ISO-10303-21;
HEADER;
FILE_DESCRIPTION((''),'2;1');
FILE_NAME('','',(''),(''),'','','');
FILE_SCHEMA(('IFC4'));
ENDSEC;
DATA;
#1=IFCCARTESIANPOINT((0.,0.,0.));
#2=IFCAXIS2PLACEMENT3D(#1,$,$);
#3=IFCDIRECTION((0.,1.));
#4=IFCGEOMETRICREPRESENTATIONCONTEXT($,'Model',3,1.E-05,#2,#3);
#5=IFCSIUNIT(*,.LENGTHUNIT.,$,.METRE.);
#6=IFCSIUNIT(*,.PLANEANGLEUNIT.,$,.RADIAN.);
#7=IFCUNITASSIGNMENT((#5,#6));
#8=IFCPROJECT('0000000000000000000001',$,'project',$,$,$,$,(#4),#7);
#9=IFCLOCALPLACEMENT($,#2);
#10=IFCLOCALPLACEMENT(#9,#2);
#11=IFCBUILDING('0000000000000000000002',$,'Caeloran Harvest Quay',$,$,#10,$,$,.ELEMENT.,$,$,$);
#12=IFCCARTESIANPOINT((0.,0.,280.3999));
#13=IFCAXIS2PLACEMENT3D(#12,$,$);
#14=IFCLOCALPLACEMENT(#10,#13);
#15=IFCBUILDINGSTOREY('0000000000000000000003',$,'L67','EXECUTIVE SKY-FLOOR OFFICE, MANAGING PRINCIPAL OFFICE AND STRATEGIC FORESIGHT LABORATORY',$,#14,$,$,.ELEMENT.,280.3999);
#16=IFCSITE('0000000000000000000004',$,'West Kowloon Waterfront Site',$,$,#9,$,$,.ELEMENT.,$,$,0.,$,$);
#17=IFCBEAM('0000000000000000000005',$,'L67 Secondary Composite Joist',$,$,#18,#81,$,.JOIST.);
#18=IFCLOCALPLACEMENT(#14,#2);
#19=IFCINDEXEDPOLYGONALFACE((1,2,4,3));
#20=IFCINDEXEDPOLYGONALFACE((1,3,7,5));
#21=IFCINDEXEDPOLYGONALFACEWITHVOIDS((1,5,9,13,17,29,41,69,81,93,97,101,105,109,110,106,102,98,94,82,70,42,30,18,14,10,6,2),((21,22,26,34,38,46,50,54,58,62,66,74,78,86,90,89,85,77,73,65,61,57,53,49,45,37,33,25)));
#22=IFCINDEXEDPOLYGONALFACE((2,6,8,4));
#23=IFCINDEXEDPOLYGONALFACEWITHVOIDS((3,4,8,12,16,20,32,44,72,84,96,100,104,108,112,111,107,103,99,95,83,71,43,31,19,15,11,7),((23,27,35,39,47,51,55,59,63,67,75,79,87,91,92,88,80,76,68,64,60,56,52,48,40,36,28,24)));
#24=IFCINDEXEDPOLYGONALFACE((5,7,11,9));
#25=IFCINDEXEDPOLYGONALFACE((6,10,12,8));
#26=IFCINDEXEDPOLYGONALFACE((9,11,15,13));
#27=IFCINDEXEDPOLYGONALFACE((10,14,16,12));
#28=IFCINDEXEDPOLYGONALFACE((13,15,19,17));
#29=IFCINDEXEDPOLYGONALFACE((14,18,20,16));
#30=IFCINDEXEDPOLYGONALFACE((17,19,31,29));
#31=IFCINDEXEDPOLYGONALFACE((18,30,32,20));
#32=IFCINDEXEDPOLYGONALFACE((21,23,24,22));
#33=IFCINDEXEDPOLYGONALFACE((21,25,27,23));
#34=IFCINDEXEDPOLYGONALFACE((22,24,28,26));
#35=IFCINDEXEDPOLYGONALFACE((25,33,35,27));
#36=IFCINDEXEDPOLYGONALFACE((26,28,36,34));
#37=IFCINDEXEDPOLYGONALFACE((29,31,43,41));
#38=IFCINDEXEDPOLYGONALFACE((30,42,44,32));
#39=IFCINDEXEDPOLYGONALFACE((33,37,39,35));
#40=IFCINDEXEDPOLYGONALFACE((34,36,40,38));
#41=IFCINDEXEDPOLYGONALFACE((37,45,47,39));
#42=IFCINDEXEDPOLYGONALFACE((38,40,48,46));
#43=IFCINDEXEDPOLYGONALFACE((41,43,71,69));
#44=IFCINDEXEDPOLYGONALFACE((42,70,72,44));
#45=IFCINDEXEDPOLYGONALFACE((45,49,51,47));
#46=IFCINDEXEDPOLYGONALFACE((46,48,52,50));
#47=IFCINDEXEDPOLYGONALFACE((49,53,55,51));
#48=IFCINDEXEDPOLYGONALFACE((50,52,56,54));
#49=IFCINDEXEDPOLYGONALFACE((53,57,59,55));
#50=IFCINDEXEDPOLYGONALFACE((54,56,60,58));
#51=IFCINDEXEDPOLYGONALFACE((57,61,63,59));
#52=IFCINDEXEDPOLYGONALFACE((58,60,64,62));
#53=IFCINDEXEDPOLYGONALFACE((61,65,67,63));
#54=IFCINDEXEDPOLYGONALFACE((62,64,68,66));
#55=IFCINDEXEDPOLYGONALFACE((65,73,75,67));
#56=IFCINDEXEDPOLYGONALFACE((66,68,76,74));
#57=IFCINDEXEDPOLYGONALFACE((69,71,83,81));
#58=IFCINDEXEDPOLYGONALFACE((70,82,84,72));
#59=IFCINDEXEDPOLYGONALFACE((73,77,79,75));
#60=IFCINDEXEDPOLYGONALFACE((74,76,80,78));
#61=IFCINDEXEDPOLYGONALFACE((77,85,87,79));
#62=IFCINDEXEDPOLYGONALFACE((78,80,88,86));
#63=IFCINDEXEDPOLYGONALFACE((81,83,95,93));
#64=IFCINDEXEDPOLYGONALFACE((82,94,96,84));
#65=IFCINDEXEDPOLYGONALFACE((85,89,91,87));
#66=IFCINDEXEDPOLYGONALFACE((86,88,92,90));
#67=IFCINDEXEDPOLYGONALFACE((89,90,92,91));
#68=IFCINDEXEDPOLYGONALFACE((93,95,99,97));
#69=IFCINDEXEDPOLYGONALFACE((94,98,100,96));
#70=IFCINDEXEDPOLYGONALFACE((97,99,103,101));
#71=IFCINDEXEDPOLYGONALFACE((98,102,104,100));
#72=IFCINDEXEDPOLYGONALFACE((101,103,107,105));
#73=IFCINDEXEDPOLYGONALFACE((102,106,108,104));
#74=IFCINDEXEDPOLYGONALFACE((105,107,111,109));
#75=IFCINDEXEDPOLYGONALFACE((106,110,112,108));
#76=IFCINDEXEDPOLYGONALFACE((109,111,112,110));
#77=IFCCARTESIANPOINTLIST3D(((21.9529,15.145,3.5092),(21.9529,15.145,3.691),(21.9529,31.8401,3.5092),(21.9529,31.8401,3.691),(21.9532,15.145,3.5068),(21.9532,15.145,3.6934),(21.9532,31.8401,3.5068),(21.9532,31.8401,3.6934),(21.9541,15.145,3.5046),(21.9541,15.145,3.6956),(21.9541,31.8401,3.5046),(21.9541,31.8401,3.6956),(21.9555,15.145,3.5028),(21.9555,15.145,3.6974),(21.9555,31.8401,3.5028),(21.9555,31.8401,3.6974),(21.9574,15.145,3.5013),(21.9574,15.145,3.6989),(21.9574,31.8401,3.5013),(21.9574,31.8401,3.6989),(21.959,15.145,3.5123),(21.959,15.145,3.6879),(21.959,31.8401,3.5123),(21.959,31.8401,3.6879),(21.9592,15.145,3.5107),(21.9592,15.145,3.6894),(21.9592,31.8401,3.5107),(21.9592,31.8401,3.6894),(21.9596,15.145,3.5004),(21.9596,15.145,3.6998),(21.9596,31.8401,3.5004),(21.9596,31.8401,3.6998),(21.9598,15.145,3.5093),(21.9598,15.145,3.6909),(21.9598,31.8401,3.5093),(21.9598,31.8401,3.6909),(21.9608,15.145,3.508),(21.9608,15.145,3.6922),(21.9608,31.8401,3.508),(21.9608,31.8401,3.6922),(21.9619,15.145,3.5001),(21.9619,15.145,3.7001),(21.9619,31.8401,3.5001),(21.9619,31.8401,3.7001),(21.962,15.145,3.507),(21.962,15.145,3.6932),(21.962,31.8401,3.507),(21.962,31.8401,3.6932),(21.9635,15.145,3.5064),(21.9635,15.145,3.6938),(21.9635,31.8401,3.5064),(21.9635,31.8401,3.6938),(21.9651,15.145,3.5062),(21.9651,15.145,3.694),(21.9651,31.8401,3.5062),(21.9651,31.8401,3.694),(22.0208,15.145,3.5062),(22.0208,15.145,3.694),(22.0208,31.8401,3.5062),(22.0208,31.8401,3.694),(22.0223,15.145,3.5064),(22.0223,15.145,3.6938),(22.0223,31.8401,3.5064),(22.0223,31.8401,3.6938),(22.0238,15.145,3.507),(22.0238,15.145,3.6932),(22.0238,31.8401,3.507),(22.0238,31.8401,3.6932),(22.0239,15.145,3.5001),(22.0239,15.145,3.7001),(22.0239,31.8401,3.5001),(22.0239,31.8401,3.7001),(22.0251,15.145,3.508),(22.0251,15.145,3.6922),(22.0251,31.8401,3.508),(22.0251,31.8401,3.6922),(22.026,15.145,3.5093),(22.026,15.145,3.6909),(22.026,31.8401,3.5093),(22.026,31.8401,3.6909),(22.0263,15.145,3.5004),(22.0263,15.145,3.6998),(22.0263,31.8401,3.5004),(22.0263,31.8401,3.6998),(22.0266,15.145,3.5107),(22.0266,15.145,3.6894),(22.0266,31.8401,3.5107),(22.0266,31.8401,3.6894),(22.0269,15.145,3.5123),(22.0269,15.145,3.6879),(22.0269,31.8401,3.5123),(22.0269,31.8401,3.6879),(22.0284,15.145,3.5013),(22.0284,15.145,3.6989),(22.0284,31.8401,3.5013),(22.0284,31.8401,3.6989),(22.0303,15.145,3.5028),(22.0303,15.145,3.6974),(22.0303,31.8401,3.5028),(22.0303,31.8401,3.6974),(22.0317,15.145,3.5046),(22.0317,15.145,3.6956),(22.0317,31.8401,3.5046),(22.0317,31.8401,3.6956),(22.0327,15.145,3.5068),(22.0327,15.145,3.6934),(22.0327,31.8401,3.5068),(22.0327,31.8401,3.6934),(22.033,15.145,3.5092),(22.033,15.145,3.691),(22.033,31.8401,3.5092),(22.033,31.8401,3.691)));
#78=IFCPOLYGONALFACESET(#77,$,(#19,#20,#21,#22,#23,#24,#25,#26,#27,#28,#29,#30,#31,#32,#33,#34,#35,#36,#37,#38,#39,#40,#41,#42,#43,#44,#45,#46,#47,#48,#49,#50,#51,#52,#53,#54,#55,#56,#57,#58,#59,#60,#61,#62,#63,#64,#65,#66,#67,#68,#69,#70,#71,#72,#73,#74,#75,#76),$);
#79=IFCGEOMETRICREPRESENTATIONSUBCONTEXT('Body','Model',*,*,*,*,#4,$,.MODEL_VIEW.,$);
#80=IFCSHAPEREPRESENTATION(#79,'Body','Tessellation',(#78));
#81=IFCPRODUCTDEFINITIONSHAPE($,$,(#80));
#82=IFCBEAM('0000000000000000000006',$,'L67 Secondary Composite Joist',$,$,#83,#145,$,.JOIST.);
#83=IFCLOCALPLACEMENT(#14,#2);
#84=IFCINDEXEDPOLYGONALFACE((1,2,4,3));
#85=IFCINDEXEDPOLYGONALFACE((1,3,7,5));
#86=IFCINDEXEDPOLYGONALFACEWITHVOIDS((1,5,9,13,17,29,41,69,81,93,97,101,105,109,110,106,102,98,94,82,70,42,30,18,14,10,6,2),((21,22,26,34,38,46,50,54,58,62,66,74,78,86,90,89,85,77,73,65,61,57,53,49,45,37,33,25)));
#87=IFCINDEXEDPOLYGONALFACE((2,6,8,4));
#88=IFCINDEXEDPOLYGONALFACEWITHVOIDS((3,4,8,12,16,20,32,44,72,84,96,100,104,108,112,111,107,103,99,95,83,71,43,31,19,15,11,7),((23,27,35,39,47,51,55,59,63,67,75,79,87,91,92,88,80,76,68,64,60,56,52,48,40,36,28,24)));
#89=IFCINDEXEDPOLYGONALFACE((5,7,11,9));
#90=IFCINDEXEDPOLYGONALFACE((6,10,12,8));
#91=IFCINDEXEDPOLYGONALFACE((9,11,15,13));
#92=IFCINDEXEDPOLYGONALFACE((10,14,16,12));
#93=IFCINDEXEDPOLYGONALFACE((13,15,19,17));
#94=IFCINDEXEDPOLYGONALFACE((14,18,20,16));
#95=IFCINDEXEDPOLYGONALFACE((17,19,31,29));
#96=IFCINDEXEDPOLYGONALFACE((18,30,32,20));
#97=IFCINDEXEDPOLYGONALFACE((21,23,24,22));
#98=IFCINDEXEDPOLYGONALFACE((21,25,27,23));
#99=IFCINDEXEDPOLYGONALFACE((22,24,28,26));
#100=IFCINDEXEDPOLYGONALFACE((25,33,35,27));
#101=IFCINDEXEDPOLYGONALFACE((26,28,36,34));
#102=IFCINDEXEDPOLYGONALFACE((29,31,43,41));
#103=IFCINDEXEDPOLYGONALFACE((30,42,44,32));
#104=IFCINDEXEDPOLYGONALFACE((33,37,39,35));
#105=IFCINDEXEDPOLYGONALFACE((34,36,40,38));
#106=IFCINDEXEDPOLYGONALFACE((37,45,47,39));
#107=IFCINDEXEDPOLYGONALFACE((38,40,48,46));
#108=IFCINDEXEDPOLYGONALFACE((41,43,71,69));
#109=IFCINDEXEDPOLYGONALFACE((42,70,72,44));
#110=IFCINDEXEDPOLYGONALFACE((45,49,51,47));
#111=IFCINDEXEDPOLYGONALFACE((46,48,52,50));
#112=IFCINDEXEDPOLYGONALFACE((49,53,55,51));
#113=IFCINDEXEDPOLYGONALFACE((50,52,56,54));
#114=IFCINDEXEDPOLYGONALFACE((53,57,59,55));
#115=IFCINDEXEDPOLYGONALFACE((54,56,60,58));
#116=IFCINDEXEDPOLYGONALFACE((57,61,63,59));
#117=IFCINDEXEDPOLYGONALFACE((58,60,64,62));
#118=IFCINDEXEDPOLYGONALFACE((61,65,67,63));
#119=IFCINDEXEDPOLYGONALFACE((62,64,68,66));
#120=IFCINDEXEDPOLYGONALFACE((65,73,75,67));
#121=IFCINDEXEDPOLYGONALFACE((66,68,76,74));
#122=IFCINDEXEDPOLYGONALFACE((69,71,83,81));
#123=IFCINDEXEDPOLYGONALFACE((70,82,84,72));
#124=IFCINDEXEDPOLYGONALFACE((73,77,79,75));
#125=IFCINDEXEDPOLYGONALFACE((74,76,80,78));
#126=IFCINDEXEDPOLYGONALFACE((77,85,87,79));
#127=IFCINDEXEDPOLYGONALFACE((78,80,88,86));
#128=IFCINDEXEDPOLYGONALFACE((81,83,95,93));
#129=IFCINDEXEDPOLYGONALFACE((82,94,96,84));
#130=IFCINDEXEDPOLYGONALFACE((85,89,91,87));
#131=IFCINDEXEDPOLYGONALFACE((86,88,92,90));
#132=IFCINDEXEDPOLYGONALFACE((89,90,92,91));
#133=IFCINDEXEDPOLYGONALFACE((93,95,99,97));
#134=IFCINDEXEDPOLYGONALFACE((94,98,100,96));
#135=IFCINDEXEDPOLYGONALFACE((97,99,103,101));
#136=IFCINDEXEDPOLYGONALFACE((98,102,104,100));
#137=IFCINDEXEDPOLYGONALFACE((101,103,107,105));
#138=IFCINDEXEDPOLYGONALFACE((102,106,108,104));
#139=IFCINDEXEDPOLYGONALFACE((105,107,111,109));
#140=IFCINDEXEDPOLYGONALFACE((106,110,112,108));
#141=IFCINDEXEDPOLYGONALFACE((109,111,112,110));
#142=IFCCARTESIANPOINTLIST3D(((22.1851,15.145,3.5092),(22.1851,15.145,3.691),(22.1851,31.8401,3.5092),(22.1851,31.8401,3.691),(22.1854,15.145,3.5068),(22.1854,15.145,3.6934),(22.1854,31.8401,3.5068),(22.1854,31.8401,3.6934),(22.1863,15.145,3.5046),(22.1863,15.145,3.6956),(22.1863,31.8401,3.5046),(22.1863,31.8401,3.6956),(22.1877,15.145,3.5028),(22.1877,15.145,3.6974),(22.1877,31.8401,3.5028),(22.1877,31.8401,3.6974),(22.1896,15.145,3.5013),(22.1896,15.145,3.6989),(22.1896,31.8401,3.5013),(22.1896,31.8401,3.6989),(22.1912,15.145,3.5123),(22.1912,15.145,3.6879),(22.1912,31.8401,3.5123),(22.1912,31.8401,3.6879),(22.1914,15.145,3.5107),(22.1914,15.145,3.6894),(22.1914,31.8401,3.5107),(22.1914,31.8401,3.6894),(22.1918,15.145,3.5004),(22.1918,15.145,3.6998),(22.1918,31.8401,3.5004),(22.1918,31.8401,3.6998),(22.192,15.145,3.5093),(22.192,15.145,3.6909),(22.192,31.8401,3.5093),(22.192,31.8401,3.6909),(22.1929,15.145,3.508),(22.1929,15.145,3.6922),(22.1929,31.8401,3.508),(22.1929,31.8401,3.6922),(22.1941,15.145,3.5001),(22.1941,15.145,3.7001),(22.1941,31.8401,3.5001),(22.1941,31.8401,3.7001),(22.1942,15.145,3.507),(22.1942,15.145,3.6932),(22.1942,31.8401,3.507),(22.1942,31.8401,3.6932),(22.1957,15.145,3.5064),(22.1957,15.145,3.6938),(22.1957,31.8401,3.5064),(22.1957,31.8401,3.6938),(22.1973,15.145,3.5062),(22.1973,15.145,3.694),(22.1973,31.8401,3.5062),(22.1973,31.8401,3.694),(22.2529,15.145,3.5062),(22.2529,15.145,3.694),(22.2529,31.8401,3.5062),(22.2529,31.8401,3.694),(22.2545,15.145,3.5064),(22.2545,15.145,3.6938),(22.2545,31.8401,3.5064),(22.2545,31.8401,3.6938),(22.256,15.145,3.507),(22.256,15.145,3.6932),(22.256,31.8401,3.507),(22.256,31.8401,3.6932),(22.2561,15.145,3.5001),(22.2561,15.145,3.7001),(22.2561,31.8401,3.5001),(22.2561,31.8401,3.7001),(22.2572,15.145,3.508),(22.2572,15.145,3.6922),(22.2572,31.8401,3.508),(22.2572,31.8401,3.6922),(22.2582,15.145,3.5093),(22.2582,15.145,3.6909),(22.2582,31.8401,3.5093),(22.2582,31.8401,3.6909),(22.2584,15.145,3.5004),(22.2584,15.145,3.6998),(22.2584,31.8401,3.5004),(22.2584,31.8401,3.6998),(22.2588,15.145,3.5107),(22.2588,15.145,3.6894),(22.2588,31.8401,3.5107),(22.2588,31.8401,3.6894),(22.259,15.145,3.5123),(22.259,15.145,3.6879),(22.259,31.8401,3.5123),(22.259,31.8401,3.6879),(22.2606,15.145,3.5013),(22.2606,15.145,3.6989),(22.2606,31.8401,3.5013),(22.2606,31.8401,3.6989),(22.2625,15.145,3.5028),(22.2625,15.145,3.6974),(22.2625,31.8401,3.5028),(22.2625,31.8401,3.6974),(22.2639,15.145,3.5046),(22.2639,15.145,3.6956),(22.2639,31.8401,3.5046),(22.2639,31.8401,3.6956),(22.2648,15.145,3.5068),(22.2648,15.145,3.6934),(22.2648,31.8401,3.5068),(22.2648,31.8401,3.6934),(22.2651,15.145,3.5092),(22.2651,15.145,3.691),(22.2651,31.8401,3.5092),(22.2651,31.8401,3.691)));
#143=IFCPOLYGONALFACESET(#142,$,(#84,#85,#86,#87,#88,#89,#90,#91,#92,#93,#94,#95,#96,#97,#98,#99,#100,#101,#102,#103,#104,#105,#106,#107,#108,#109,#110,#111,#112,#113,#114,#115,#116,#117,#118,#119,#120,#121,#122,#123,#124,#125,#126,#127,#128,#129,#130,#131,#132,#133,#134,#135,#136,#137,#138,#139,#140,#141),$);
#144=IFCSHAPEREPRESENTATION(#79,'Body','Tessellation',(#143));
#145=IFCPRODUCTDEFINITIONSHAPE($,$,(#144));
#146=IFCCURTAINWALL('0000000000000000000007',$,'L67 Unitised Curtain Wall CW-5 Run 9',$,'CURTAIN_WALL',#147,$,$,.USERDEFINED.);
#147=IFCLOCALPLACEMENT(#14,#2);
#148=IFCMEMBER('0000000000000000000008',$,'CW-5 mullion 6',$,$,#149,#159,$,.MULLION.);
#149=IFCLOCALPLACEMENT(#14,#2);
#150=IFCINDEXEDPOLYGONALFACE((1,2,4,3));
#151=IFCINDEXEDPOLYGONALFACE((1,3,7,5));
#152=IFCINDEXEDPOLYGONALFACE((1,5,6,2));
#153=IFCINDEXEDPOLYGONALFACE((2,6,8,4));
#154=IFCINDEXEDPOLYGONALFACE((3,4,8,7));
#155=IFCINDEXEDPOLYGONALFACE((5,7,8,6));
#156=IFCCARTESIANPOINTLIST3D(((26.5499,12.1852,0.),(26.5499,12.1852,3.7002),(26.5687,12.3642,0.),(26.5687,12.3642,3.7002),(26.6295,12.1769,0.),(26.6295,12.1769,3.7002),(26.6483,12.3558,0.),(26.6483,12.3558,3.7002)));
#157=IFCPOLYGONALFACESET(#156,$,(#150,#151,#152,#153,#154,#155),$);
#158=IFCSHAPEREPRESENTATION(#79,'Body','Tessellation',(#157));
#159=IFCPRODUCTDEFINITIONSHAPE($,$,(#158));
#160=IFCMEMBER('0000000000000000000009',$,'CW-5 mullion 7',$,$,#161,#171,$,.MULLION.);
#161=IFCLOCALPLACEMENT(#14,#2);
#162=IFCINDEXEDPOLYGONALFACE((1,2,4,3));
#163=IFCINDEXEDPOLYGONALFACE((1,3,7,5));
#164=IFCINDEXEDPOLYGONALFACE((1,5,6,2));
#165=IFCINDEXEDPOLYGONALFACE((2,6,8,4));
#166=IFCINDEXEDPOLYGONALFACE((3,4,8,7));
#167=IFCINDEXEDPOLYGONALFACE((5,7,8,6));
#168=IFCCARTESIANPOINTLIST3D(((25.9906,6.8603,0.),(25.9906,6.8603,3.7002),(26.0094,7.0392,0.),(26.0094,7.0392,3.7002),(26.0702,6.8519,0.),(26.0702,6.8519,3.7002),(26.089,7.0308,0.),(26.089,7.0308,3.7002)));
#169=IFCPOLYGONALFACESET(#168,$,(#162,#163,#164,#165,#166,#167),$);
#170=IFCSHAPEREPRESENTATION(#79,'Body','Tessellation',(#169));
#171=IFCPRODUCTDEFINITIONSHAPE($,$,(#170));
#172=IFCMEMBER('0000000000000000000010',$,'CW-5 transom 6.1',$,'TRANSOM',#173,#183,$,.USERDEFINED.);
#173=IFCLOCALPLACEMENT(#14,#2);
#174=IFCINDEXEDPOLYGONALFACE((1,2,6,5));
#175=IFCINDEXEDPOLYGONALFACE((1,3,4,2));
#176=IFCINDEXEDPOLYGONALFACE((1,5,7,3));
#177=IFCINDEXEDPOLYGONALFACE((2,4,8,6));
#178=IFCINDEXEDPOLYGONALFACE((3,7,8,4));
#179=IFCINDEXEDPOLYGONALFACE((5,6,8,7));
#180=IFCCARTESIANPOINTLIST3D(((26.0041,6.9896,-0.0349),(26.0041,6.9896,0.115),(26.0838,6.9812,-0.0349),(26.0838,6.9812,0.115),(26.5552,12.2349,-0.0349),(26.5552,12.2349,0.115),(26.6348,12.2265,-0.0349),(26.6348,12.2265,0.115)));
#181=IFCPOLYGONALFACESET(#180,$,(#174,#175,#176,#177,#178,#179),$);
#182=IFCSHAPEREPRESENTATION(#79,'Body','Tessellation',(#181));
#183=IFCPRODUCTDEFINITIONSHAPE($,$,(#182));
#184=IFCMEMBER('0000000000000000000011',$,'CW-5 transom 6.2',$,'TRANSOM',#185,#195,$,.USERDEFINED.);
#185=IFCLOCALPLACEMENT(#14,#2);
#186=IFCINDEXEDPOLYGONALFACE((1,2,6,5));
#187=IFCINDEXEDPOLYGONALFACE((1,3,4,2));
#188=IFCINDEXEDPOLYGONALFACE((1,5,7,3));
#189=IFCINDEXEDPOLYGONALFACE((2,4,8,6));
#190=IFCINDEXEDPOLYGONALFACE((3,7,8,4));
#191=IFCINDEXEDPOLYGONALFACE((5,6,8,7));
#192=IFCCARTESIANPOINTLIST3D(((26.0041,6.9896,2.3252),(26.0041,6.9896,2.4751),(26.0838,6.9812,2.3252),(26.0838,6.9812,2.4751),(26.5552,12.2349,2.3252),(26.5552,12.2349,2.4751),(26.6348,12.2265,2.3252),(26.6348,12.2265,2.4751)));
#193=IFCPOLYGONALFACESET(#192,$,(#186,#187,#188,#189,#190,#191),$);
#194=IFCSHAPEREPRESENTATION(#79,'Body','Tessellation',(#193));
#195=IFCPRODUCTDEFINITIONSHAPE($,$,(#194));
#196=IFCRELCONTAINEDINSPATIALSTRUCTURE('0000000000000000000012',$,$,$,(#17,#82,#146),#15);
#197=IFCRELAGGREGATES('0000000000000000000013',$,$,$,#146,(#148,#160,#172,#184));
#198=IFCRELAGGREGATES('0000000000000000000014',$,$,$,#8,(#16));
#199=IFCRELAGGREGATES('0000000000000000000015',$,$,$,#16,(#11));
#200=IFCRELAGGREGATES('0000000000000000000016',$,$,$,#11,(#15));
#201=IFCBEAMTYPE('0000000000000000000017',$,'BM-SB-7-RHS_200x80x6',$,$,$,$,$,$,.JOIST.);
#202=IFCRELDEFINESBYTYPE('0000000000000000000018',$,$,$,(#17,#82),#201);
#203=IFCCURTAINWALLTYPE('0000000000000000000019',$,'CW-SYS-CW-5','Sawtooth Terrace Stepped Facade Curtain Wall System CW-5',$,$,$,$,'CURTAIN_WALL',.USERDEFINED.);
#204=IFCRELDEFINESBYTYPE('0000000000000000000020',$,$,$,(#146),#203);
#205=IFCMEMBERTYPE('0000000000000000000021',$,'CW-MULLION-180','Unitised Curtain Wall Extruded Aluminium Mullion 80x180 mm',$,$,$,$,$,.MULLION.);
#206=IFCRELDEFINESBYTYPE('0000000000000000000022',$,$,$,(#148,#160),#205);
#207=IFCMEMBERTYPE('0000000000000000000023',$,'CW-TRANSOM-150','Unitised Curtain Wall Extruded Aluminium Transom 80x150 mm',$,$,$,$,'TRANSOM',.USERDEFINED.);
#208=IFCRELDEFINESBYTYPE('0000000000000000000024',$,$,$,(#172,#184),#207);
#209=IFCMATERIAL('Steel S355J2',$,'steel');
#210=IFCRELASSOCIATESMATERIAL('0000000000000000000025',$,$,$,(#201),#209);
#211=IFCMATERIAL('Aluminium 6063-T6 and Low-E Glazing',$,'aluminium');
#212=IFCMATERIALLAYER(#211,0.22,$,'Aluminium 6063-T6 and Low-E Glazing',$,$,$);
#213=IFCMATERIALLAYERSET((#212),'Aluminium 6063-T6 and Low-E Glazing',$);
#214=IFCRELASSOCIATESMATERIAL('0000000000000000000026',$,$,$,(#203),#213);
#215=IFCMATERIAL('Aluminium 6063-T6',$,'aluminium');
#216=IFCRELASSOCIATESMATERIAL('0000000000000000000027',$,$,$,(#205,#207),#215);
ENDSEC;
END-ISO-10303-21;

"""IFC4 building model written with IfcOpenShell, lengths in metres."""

from ifc_helpers import new_model, si_unit, direction, frame, origin, origin_2d, place, context, subcontext, project, spatial, rectangle, hollow_rectangle, extrude, material, layer, layer_set, material_profile, profile_set, type_object, element, aggregate, save


model = new_model("IFC4")

# Units and contexts
model_context = context("Model", 3, precision=1e-05, world=origin(), true_north=direction((0.0, 1.0)))
body_context = subcontext(model_context, "Body", "Model", "MODEL_VIEW")
ifc_project = project(units=[si_unit("LENGTHUNIT", "METRE"), si_unit("PLANEANGLEUNIT", "RADIAN")], contexts=[model_context])

# Site, building, storey
site_placement = place(None, origin())
site = spatial("IfcSite", under=ifc_project, at=site_placement, Name="West Kowloon Waterfront Site", CompositionType="ELEMENT", RefElevation=0.0)
building_placement = place(site_placement, origin())
building = spatial("IfcBuilding", under=site, at=building_placement, Name="Caeloran Harvest Quay", CompositionType="ELEMENT")
storey_placement = place(building_placement, frame((0.0, 0.0, 280.3999)))
storey = spatial("IfcBuildingStorey", under=building, at=storey_placement, Name="L67", Description="EXECUTIVE SKY-FLOOR OFFICE, MANAGING PRINCIPAL OFFICE AND STRATEGIC FORESIGHT LABORATORY", CompositionType="ELEMENT", Elevation=280.3999)

# Beams
ifc_material_1 = material(Name="Steel S355J2", Category="steel")
ifc_material_profile_1 = material_profile(ifc_material_1, hollow_rectangle(XDim=0.0801, YDim=0.2, WallThickness=0.0061, InnerFilletRadius=0.0061, OuterFilletRadius=0.009, at=origin_2d()), Name="RHS 200x80x6")
ifc_profile_set_1 = profile_set([ifc_material_profile_1], Name="Steel S355J2")
beam_type_1 = type_object("IfcBeamType", Name="BM-SB-7-RHS_200x80x6", PredefinedType="JOIST", material=ifc_profile_set_1)
for number, where, z_axis, x_axis, name in (
    (1, (21.9929, 15.145, 3.6001), (0.0, 1.0, 0.0), (-1.0, 0.0, 0.0), "L67 Secondary Composite Joist"),
    (2, (22.2251, 15.145, 3.6001), (0.0, 1.0, 0.0), (-1.0, 0.0, 0.0), "L67 Secondary Composite Joist"),
):
    element("IfcBeam", number, at=place(storey_placement, frame(where, z_axis=z_axis, x_axis=x_axis)), inside=storey, type_object=beam_type_1, Name=name, PredefinedType="JOIST", context=body_context, shape_type="SweptSolid", body=[
        extrude(hollow_rectangle(XDim=0.0801, YDim=0.2, WallThickness=0.0061, InnerFilletRadius=0.0061, OuterFilletRadius=0.009, at=origin_2d()), origin(), (0.0, 0.0, 1.0), 16.6951),
    ])

# Curtain wall, members
ifc_material_2 = material(Name="Aluminium 6063-T6 and Low-E Glazing", Category="aluminium")
ifc_layer_1 = layer(ifc_material_2, 0.22, Name="Aluminium 6063-T6 and Low-E Glazing")
ifc_layer_set_1 = layer_set([ifc_layer_1], Name="Aluminium 6063-T6 and Low-E Glazing")
curtain_wall_type = type_object("IfcCurtainWallType", Name="CW-SYS-CW-5", Description="Sawtooth Terrace Stepped Facade Curtain Wall System CW-5", ElementType="CURTAIN_WALL", PredefinedType="USERDEFINED", material=ifc_layer_set_1)
curtain_wall_placement = place(storey_placement, origin())
curtain_wall = element("IfcCurtainWall", 3, at=curtain_wall_placement, inside=storey, type_object=curtain_wall_type, Name="L67 Unitised Curtain Wall CW-5 Run 9", ObjectType="CURTAIN_WALL", PredefinedType="USERDEFINED")
ifc_material_3 = material(Name="Aluminium 6063-T6", Category="aluminium")
ifc_material_profile_2 = material_profile(ifc_material_3, rectangle(XDim=0.0801, YDim=0.1799, at=origin_2d()), Name="CW-MULLION-180")
ifc_profile_set_2 = profile_set([ifc_material_profile_2], Name="Aluminium 6063-T6")
member_type_1 = type_object("IfcMemberType", Name="CW-MULLION-180", Description="Unitised Curtain Wall Extruded Aluminium Mullion 80x180 mm", PredefinedType="MULLION", material=ifc_profile_set_2)
member_1_placement = place(storey_placement, frame((26.5991, 12.2705, 0.0), z_axis=(0.0, 0.0, 1.0), x_axis=(0.994529, -0.10446, 0.0)))
member_1 = element("IfcMember", 4, at=member_1_placement, type_object=member_type_1, Name="CW-5 mullion 6", PredefinedType="MULLION", context=body_context, shape_type="SweptSolid", body=[
    extrude(rectangle(XDim=0.0801, YDim=0.1799, at=origin_2d()), origin(), (0.0, 0.0, 1.0), 3.7002),
])
member_2_placement = place(storey_placement, frame((26.0398, 6.9456, 0.0), z_axis=(0.0, 0.0, 1.0), x_axis=(0.994529, -0.10446, 0.0)))
member_2 = element("IfcMember", 5, at=member_2_placement, type_object=member_type_1, Name="CW-5 mullion 7", PredefinedType="MULLION", context=body_context, shape_type="SweptSolid", body=[
    extrude(rectangle(XDim=0.0801, YDim=0.1799, at=origin_2d()), origin(), (0.0, 0.0, 1.0), 3.7002),
])
ifc_material_profile_3 = material_profile(ifc_material_3, rectangle(XDim=0.0801, YDim=0.1499, at=origin_2d()), Name="CW-TRANSOM-150")
ifc_profile_set_3 = profile_set([ifc_material_profile_3], Name="Aluminium 6063-T6")
member_type_2 = type_object("IfcMemberType", Name="CW-TRANSOM-150", Description="Unitised Curtain Wall Extruded Aluminium Transom 80x150 mm", ElementType="TRANSOM", PredefinedType="USERDEFINED", material=ifc_profile_set_3)
member_3_placement = place(storey_placement, frame((26.595, 12.2307, 0.04), z_axis=(-0.104475, -0.994527, 0.0), x_axis=(0.994527, -0.104475, 0.0)))
member_3 = element("IfcMember", 6, at=member_3_placement, type_object=member_type_2, Name="CW-5 transom 6.1", ObjectType="TRANSOM", PredefinedType="USERDEFINED", context=body_context, shape_type="SweptSolid", body=[
    extrude(rectangle(XDim=0.0801, YDim=0.1499, at=origin_2d()), origin(), (0.0, 0.0, 1.0), 5.2742),
])
member_4_placement = place(storey_placement, frame((26.595, 12.2307, 2.4001), z_axis=(-0.104475, -0.994527, 0.0), x_axis=(0.994527, -0.104475, 0.0)))
member_4 = element("IfcMember", 7, at=member_4_placement, type_object=member_type_2, Name="CW-5 transom 6.2", ObjectType="TRANSOM", PredefinedType="USERDEFINED", context=body_context, shape_type="SweptSolid", body=[
    extrude(rectangle(XDim=0.0801, YDim=0.1499, at=origin_2d()), origin(), (0.0, 0.0, 1.0), 5.2742),
])
aggregate(curtain_wall, [member_1, member_2, member_3, member_4])

save(model, "model.ifc")
